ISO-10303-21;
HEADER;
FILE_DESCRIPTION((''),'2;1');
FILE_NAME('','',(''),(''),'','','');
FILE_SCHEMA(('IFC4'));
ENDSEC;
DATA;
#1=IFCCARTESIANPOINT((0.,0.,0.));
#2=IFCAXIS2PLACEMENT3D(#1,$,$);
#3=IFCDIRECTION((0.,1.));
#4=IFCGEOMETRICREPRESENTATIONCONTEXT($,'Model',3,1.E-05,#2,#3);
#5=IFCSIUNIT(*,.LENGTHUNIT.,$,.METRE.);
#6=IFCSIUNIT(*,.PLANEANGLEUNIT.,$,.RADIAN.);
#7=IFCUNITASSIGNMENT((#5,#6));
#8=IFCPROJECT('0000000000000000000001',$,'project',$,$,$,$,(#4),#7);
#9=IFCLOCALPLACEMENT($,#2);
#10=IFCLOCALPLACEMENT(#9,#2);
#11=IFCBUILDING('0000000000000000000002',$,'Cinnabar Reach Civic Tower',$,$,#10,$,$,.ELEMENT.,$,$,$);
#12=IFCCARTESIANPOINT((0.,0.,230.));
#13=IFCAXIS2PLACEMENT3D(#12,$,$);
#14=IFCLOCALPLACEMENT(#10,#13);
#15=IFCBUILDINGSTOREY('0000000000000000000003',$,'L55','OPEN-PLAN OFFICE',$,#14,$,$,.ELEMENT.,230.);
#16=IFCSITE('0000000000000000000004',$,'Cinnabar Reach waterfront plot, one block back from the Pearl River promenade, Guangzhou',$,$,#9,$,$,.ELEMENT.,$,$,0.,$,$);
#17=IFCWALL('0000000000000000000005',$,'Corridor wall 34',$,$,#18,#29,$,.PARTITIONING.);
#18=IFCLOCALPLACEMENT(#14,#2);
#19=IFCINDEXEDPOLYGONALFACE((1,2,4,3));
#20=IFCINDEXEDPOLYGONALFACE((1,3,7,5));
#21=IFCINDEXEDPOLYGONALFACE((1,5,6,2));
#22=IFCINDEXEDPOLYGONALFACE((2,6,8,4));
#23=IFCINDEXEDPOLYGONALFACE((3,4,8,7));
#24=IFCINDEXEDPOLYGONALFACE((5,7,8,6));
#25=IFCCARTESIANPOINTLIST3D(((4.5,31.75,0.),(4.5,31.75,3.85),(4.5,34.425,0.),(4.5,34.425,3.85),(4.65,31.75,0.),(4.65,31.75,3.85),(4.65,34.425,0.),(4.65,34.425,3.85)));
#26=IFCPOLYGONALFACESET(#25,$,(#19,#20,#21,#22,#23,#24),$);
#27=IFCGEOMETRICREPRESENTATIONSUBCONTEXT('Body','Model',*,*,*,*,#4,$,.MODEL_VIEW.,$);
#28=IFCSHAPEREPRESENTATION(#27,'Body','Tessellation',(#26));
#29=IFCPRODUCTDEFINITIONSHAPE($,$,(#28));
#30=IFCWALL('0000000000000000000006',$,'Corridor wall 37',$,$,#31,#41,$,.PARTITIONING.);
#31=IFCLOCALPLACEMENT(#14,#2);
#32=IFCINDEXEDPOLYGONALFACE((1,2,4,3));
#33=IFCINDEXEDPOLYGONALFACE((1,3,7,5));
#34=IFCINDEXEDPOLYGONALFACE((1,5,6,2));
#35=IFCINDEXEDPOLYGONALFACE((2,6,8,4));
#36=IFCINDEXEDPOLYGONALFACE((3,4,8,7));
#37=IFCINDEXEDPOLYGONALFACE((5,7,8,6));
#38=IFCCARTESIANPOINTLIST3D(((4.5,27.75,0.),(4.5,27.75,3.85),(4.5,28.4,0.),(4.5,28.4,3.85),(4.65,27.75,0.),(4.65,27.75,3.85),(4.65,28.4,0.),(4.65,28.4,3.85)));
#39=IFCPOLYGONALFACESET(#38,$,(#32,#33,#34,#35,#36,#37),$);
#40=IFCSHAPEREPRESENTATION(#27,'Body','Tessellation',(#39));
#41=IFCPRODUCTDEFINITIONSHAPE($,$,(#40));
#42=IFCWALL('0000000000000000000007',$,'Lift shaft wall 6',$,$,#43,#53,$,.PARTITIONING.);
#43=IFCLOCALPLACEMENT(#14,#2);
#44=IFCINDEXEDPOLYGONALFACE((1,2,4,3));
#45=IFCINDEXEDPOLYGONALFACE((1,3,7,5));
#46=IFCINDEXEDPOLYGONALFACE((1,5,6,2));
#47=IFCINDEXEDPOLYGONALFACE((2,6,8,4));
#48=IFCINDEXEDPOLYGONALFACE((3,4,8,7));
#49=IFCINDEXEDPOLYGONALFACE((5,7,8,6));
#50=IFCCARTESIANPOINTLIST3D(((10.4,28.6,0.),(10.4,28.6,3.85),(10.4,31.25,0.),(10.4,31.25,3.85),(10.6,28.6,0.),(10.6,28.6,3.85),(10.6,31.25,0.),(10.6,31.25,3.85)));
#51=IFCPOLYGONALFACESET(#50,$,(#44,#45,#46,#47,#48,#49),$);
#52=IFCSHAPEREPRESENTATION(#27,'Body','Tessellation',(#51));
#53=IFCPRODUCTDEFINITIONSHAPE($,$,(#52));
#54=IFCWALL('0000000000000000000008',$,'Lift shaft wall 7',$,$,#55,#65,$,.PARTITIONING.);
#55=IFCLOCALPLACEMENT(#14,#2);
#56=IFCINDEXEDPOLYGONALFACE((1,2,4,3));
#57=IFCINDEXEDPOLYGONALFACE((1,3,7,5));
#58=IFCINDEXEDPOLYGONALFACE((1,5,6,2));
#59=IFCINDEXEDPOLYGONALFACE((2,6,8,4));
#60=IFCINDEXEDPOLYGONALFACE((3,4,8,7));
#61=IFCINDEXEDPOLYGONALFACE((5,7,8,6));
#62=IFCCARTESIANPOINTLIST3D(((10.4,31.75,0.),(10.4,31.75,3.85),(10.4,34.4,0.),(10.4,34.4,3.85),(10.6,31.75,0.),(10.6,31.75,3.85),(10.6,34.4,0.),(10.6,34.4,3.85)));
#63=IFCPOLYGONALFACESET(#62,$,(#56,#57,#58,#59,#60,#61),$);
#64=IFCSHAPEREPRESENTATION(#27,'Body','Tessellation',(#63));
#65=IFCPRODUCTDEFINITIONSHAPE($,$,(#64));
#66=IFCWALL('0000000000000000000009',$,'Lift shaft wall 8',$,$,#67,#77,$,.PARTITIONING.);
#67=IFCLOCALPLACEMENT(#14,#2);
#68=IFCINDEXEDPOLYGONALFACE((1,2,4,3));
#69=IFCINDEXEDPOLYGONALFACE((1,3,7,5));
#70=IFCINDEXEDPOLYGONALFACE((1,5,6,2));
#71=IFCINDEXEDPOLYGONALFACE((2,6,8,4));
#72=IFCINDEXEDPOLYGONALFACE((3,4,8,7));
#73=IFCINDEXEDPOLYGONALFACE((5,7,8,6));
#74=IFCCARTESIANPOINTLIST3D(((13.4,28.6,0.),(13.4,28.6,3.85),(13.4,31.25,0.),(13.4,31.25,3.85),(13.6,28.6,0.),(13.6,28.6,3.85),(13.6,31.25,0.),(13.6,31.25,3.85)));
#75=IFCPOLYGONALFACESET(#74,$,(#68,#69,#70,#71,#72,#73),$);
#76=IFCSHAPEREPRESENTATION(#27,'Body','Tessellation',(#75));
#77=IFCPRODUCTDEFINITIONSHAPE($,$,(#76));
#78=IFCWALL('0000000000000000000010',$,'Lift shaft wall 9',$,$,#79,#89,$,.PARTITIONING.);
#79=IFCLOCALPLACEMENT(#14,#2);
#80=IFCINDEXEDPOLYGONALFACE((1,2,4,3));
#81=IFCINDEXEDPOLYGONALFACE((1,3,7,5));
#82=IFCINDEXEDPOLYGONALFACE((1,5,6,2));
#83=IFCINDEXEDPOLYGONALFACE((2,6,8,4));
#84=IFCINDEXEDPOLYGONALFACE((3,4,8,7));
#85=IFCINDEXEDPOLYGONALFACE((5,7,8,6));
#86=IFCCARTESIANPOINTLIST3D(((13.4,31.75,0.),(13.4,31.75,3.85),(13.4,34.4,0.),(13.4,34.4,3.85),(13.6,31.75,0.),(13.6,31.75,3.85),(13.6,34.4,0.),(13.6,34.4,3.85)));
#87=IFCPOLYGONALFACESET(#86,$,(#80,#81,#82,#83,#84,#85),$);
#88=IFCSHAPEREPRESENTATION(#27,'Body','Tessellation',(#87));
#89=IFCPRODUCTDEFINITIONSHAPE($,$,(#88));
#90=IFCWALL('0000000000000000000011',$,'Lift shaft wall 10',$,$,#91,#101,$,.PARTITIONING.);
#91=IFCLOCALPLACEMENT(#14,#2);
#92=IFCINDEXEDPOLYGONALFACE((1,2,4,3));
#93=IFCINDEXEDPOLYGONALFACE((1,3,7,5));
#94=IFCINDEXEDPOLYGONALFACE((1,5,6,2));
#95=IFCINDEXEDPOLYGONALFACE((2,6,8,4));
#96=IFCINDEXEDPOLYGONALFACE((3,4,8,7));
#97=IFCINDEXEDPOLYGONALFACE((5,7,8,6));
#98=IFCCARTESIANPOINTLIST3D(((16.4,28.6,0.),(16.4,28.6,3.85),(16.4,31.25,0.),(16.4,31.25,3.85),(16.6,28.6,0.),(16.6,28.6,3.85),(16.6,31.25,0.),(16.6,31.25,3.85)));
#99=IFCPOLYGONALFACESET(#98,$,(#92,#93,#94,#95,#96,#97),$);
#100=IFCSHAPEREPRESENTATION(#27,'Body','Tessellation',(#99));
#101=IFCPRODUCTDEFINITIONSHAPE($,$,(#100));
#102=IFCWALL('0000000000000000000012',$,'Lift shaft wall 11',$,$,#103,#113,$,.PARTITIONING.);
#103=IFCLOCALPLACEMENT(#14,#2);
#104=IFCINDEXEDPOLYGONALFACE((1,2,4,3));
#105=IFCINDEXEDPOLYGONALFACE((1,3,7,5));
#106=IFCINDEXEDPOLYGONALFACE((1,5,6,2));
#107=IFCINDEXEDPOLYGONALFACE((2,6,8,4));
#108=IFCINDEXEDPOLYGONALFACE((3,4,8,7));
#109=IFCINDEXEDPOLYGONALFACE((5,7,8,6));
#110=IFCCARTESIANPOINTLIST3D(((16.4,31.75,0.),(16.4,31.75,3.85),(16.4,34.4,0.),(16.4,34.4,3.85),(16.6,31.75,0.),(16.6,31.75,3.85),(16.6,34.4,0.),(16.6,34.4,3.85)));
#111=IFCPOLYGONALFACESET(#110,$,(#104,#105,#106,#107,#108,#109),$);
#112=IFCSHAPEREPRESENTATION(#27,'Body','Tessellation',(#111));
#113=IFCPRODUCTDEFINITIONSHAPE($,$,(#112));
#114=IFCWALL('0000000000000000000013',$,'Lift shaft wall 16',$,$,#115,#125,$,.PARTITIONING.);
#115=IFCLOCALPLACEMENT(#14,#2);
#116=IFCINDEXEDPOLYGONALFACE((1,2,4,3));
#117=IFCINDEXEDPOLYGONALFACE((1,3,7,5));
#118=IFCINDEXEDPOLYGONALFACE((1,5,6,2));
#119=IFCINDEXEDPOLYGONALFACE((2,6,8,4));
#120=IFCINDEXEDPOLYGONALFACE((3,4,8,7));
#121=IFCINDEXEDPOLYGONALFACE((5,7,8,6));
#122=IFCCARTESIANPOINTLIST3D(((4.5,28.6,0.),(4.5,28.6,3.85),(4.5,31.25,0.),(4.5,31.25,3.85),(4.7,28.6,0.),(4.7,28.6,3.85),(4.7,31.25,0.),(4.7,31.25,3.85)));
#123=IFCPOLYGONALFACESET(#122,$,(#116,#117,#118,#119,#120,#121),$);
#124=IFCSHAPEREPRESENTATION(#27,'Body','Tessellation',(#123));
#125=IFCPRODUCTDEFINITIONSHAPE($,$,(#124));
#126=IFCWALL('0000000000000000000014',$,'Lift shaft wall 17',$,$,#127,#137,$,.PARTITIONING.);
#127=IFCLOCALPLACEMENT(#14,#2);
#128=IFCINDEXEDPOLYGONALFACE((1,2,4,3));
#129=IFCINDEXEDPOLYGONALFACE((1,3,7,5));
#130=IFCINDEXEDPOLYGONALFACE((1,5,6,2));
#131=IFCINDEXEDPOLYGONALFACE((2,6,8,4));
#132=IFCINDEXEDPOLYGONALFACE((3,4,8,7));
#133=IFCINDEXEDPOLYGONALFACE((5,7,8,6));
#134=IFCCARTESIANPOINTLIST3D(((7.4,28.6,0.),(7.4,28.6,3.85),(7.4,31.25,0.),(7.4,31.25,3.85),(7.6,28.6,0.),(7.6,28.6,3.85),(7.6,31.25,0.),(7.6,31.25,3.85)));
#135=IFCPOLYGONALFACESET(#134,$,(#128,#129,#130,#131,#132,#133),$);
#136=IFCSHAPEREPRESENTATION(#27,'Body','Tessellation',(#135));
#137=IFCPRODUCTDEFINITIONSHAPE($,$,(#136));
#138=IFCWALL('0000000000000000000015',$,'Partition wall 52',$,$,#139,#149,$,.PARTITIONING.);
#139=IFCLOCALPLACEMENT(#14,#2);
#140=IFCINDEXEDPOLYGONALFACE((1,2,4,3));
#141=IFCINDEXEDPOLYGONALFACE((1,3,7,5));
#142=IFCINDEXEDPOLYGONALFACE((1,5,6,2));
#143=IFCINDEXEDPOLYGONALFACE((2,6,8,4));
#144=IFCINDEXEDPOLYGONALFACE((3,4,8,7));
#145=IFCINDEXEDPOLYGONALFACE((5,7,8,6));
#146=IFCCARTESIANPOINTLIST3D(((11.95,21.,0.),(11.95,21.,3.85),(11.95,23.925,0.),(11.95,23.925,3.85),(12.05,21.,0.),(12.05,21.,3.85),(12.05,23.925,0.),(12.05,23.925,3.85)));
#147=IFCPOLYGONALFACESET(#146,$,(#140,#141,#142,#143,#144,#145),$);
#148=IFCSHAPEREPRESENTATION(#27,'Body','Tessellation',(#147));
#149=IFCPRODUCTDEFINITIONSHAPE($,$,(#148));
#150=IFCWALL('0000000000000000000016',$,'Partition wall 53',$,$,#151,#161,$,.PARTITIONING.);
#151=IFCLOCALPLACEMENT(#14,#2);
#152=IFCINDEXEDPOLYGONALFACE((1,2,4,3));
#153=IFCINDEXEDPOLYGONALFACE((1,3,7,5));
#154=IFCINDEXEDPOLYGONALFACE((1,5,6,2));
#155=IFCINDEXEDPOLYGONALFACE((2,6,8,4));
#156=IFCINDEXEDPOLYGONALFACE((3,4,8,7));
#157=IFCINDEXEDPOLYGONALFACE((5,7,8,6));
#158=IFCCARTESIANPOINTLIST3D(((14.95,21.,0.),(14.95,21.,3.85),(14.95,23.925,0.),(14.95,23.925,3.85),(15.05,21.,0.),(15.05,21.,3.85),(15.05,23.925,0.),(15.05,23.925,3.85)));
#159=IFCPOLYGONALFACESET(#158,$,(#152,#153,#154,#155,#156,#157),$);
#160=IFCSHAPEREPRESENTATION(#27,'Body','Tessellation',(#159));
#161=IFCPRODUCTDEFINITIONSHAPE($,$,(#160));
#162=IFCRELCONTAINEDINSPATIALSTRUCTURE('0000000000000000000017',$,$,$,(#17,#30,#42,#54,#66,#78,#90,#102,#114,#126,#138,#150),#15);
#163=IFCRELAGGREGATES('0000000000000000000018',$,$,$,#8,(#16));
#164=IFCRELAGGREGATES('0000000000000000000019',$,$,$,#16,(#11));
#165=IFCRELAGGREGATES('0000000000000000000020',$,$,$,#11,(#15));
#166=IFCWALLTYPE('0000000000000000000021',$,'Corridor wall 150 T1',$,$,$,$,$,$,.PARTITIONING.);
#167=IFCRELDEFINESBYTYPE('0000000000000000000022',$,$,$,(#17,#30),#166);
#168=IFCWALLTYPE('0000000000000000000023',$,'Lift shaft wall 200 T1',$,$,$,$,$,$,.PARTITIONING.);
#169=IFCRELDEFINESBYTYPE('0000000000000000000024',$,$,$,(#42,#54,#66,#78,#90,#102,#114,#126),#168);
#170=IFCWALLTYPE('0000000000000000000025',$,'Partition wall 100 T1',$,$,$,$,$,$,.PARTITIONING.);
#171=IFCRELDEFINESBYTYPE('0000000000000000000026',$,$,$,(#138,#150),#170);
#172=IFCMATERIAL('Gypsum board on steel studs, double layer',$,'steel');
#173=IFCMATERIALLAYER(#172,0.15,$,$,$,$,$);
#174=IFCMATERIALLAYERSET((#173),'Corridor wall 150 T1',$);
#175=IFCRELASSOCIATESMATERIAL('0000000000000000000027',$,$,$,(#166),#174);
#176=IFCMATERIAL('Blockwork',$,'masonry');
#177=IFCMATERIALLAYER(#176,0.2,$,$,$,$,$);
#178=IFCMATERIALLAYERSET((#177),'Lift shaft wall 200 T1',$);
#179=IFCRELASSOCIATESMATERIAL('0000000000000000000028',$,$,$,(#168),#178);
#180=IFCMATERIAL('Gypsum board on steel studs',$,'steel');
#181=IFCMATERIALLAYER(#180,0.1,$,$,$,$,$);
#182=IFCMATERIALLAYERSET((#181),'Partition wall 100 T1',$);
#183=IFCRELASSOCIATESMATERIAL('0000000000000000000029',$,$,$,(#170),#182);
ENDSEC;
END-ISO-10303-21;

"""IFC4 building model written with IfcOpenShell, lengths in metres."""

from ifc_helpers import new_model, si_unit, direction, frame, frame_2d, origin, place, context, subcontext, project, spatial, rectangle, extrude, material, layer, layer_set, type_object, element, save


model = new_model("IFC4")

# Units and contexts
model_context = context("Model", 3, precision=1e-05, world=origin(), true_north=direction((0.0, 1.0)))
body_context = subcontext(model_context, "Body", "Model", "MODEL_VIEW")
ifc_project = project(units=[si_unit("LENGTHUNIT", "METRE"), si_unit("PLANEANGLEUNIT", "RADIAN")], contexts=[model_context])

# Site, building, storey
site_placement = place(None, origin())
site = spatial("IfcSite", under=ifc_project, at=site_placement, Name="Cinnabar Reach waterfront plot, one block back from the Pearl River promenade, Guangzhou", CompositionType="ELEMENT", RefElevation=0.0)
building_placement = place(site_placement, origin())
building = spatial("IfcBuilding", under=site, at=building_placement, Name="Cinnabar Reach Civic Tower", CompositionType="ELEMENT")
storey_placement = place(building_placement, frame((0.0, 0.0, 230.0)))
storey = spatial("IfcBuildingStorey", under=building, at=storey_placement, Name="L55", Description="OPEN-PLAN OFFICE", CompositionType="ELEMENT", Elevation=230.0)

# Shared definitions
ifc_material_1 = material(Name="Gypsum board on steel studs, double layer", Category="steel")
ifc_layer_1 = layer(ifc_material_1, 0.15)
ifc_layer_set_1 = layer_set([ifc_layer_1], Name="Corridor wall 150 T1")
wall_type_1 = type_object("IfcWallType", Name="Corridor wall 150 T1", PredefinedType="PARTITIONING", material=ifc_layer_set_1)

# Walls
wall_1_placement = place(storey_placement, frame((4.575, 31.75, 0.0), z_axis=(0.0, 0.0, 1.0), x_axis=(0.0, 1.0, 0.0)))
element("IfcWall", 1, at=wall_1_placement, inside=storey, type_object=wall_type_1, Name="Corridor wall 34", PredefinedType="PARTITIONING", context=body_context, shape_type="SweptSolid", body=[
    extrude(rectangle(XDim=2.675, YDim=0.15, at=frame_2d((1.3375, 0.0))), origin(), (0.0, 0.0, 1.0), 3.85),
])
wall_2_placement = place(storey_placement, frame((4.575, 27.75, 0.0), z_axis=(0.0, 0.0, 1.0), x_axis=(0.0, 1.0, 0.0)))
element("IfcWall", 2, at=wall_2_placement, inside=storey, type_object=wall_type_1, Name="Corridor wall 37", PredefinedType="PARTITIONING", context=body_context, shape_type="SweptSolid", body=[
    extrude(rectangle(XDim=0.65, YDim=0.15, at=frame_2d((0.325, 0.0))), origin(), (0.0, 0.0, 1.0), 3.85),
])
ifc_material_2 = material(Name="Blockwork", Category="masonry")
ifc_layer_2 = layer(ifc_material_2, 0.2)
ifc_layer_set_2 = layer_set([ifc_layer_2], Name="Lift shaft wall 200 T1")
wall_type_2 = type_object("IfcWallType", Name="Lift shaft wall 200 T1", PredefinedType="PARTITIONING", material=ifc_layer_set_2)
for number, where, z_axis, x_axis, name in (
    (3, (10.5, 28.6, 0.0), (0.0, 0.0, 1.0), (0.0, 1.0, 0.0), "Lift shaft wall 6"),
    (4, (10.5, 31.75, 0.0), (0.0, 0.0, 1.0), (0.0, 1.0, 0.0), "Lift shaft wall 7"),
    (5, (13.5, 28.6, 0.0), (0.0, 0.0, 1.0), (0.0, 1.0, 0.0), "Lift shaft wall 8"),
    (6, (13.5, 31.75, 0.0), (0.0, 0.0, 1.0), (0.0, 1.0, 0.0), "Lift shaft wall 9"),
    (7, (16.5, 28.6, 0.0), (0.0, 0.0, 1.0), (0.0, 1.0, 0.0), "Lift shaft wall 10"),
    (8, (16.5, 31.75, 0.0), (0.0, 0.0, 1.0), (0.0, 1.0, 0.0), "Lift shaft wall 11"),
    (9, (4.6, 28.6, 0.0), (0.0, 0.0, 1.0), (0.0, 1.0, 0.0), "Lift shaft wall 16"),
    (10, (7.5, 28.6, 0.0), (0.0, 0.0, 1.0), (0.0, 1.0, 0.0), "Lift shaft wall 17"),
):
    element("IfcWall", number, at=place(storey_placement, frame(where, z_axis=z_axis, x_axis=x_axis)), inside=storey, type_object=wall_type_2, Name=name, PredefinedType="PARTITIONING", context=body_context, shape_type="SweptSolid", body=[
        extrude(rectangle(XDim=2.65, YDim=0.2, at=frame_2d((1.325, 0.0))), origin(), (0.0, 0.0, 1.0), 3.85),
    ])
ifc_material_3 = material(Name="Gypsum board on steel studs", Category="steel")
ifc_layer_3 = layer(ifc_material_3, 0.1)
ifc_layer_set_3 = layer_set([ifc_layer_3], Name="Partition wall 100 T1")
wall_type_3 = type_object("IfcWallType", Name="Partition wall 100 T1", PredefinedType="PARTITIONING", material=ifc_layer_set_3)
for number, where, z_axis, x_axis, name in (
    (11, (12.0, 21.0, 0.0), (0.0, 0.0, 1.0), (0.0, 1.0, 0.0), "Partition wall 52"),
    (12, (15.0, 21.0, 0.0), (0.0, 0.0, 1.0), (0.0, 1.0, 0.0), "Partition wall 53"),
):
    element("IfcWall", number, at=place(storey_placement, frame(where, z_axis=z_axis, x_axis=x_axis)), inside=storey, type_object=wall_type_3, Name=name, PredefinedType="PARTITIONING", context=body_context, shape_type="SweptSolid", body=[
        extrude(rectangle(XDim=2.925, YDim=0.1, at=frame_2d((1.4625, 0.0))), origin(), (0.0, 0.0, 1.0), 3.85),
    ])

save(model, "model.ifc")
